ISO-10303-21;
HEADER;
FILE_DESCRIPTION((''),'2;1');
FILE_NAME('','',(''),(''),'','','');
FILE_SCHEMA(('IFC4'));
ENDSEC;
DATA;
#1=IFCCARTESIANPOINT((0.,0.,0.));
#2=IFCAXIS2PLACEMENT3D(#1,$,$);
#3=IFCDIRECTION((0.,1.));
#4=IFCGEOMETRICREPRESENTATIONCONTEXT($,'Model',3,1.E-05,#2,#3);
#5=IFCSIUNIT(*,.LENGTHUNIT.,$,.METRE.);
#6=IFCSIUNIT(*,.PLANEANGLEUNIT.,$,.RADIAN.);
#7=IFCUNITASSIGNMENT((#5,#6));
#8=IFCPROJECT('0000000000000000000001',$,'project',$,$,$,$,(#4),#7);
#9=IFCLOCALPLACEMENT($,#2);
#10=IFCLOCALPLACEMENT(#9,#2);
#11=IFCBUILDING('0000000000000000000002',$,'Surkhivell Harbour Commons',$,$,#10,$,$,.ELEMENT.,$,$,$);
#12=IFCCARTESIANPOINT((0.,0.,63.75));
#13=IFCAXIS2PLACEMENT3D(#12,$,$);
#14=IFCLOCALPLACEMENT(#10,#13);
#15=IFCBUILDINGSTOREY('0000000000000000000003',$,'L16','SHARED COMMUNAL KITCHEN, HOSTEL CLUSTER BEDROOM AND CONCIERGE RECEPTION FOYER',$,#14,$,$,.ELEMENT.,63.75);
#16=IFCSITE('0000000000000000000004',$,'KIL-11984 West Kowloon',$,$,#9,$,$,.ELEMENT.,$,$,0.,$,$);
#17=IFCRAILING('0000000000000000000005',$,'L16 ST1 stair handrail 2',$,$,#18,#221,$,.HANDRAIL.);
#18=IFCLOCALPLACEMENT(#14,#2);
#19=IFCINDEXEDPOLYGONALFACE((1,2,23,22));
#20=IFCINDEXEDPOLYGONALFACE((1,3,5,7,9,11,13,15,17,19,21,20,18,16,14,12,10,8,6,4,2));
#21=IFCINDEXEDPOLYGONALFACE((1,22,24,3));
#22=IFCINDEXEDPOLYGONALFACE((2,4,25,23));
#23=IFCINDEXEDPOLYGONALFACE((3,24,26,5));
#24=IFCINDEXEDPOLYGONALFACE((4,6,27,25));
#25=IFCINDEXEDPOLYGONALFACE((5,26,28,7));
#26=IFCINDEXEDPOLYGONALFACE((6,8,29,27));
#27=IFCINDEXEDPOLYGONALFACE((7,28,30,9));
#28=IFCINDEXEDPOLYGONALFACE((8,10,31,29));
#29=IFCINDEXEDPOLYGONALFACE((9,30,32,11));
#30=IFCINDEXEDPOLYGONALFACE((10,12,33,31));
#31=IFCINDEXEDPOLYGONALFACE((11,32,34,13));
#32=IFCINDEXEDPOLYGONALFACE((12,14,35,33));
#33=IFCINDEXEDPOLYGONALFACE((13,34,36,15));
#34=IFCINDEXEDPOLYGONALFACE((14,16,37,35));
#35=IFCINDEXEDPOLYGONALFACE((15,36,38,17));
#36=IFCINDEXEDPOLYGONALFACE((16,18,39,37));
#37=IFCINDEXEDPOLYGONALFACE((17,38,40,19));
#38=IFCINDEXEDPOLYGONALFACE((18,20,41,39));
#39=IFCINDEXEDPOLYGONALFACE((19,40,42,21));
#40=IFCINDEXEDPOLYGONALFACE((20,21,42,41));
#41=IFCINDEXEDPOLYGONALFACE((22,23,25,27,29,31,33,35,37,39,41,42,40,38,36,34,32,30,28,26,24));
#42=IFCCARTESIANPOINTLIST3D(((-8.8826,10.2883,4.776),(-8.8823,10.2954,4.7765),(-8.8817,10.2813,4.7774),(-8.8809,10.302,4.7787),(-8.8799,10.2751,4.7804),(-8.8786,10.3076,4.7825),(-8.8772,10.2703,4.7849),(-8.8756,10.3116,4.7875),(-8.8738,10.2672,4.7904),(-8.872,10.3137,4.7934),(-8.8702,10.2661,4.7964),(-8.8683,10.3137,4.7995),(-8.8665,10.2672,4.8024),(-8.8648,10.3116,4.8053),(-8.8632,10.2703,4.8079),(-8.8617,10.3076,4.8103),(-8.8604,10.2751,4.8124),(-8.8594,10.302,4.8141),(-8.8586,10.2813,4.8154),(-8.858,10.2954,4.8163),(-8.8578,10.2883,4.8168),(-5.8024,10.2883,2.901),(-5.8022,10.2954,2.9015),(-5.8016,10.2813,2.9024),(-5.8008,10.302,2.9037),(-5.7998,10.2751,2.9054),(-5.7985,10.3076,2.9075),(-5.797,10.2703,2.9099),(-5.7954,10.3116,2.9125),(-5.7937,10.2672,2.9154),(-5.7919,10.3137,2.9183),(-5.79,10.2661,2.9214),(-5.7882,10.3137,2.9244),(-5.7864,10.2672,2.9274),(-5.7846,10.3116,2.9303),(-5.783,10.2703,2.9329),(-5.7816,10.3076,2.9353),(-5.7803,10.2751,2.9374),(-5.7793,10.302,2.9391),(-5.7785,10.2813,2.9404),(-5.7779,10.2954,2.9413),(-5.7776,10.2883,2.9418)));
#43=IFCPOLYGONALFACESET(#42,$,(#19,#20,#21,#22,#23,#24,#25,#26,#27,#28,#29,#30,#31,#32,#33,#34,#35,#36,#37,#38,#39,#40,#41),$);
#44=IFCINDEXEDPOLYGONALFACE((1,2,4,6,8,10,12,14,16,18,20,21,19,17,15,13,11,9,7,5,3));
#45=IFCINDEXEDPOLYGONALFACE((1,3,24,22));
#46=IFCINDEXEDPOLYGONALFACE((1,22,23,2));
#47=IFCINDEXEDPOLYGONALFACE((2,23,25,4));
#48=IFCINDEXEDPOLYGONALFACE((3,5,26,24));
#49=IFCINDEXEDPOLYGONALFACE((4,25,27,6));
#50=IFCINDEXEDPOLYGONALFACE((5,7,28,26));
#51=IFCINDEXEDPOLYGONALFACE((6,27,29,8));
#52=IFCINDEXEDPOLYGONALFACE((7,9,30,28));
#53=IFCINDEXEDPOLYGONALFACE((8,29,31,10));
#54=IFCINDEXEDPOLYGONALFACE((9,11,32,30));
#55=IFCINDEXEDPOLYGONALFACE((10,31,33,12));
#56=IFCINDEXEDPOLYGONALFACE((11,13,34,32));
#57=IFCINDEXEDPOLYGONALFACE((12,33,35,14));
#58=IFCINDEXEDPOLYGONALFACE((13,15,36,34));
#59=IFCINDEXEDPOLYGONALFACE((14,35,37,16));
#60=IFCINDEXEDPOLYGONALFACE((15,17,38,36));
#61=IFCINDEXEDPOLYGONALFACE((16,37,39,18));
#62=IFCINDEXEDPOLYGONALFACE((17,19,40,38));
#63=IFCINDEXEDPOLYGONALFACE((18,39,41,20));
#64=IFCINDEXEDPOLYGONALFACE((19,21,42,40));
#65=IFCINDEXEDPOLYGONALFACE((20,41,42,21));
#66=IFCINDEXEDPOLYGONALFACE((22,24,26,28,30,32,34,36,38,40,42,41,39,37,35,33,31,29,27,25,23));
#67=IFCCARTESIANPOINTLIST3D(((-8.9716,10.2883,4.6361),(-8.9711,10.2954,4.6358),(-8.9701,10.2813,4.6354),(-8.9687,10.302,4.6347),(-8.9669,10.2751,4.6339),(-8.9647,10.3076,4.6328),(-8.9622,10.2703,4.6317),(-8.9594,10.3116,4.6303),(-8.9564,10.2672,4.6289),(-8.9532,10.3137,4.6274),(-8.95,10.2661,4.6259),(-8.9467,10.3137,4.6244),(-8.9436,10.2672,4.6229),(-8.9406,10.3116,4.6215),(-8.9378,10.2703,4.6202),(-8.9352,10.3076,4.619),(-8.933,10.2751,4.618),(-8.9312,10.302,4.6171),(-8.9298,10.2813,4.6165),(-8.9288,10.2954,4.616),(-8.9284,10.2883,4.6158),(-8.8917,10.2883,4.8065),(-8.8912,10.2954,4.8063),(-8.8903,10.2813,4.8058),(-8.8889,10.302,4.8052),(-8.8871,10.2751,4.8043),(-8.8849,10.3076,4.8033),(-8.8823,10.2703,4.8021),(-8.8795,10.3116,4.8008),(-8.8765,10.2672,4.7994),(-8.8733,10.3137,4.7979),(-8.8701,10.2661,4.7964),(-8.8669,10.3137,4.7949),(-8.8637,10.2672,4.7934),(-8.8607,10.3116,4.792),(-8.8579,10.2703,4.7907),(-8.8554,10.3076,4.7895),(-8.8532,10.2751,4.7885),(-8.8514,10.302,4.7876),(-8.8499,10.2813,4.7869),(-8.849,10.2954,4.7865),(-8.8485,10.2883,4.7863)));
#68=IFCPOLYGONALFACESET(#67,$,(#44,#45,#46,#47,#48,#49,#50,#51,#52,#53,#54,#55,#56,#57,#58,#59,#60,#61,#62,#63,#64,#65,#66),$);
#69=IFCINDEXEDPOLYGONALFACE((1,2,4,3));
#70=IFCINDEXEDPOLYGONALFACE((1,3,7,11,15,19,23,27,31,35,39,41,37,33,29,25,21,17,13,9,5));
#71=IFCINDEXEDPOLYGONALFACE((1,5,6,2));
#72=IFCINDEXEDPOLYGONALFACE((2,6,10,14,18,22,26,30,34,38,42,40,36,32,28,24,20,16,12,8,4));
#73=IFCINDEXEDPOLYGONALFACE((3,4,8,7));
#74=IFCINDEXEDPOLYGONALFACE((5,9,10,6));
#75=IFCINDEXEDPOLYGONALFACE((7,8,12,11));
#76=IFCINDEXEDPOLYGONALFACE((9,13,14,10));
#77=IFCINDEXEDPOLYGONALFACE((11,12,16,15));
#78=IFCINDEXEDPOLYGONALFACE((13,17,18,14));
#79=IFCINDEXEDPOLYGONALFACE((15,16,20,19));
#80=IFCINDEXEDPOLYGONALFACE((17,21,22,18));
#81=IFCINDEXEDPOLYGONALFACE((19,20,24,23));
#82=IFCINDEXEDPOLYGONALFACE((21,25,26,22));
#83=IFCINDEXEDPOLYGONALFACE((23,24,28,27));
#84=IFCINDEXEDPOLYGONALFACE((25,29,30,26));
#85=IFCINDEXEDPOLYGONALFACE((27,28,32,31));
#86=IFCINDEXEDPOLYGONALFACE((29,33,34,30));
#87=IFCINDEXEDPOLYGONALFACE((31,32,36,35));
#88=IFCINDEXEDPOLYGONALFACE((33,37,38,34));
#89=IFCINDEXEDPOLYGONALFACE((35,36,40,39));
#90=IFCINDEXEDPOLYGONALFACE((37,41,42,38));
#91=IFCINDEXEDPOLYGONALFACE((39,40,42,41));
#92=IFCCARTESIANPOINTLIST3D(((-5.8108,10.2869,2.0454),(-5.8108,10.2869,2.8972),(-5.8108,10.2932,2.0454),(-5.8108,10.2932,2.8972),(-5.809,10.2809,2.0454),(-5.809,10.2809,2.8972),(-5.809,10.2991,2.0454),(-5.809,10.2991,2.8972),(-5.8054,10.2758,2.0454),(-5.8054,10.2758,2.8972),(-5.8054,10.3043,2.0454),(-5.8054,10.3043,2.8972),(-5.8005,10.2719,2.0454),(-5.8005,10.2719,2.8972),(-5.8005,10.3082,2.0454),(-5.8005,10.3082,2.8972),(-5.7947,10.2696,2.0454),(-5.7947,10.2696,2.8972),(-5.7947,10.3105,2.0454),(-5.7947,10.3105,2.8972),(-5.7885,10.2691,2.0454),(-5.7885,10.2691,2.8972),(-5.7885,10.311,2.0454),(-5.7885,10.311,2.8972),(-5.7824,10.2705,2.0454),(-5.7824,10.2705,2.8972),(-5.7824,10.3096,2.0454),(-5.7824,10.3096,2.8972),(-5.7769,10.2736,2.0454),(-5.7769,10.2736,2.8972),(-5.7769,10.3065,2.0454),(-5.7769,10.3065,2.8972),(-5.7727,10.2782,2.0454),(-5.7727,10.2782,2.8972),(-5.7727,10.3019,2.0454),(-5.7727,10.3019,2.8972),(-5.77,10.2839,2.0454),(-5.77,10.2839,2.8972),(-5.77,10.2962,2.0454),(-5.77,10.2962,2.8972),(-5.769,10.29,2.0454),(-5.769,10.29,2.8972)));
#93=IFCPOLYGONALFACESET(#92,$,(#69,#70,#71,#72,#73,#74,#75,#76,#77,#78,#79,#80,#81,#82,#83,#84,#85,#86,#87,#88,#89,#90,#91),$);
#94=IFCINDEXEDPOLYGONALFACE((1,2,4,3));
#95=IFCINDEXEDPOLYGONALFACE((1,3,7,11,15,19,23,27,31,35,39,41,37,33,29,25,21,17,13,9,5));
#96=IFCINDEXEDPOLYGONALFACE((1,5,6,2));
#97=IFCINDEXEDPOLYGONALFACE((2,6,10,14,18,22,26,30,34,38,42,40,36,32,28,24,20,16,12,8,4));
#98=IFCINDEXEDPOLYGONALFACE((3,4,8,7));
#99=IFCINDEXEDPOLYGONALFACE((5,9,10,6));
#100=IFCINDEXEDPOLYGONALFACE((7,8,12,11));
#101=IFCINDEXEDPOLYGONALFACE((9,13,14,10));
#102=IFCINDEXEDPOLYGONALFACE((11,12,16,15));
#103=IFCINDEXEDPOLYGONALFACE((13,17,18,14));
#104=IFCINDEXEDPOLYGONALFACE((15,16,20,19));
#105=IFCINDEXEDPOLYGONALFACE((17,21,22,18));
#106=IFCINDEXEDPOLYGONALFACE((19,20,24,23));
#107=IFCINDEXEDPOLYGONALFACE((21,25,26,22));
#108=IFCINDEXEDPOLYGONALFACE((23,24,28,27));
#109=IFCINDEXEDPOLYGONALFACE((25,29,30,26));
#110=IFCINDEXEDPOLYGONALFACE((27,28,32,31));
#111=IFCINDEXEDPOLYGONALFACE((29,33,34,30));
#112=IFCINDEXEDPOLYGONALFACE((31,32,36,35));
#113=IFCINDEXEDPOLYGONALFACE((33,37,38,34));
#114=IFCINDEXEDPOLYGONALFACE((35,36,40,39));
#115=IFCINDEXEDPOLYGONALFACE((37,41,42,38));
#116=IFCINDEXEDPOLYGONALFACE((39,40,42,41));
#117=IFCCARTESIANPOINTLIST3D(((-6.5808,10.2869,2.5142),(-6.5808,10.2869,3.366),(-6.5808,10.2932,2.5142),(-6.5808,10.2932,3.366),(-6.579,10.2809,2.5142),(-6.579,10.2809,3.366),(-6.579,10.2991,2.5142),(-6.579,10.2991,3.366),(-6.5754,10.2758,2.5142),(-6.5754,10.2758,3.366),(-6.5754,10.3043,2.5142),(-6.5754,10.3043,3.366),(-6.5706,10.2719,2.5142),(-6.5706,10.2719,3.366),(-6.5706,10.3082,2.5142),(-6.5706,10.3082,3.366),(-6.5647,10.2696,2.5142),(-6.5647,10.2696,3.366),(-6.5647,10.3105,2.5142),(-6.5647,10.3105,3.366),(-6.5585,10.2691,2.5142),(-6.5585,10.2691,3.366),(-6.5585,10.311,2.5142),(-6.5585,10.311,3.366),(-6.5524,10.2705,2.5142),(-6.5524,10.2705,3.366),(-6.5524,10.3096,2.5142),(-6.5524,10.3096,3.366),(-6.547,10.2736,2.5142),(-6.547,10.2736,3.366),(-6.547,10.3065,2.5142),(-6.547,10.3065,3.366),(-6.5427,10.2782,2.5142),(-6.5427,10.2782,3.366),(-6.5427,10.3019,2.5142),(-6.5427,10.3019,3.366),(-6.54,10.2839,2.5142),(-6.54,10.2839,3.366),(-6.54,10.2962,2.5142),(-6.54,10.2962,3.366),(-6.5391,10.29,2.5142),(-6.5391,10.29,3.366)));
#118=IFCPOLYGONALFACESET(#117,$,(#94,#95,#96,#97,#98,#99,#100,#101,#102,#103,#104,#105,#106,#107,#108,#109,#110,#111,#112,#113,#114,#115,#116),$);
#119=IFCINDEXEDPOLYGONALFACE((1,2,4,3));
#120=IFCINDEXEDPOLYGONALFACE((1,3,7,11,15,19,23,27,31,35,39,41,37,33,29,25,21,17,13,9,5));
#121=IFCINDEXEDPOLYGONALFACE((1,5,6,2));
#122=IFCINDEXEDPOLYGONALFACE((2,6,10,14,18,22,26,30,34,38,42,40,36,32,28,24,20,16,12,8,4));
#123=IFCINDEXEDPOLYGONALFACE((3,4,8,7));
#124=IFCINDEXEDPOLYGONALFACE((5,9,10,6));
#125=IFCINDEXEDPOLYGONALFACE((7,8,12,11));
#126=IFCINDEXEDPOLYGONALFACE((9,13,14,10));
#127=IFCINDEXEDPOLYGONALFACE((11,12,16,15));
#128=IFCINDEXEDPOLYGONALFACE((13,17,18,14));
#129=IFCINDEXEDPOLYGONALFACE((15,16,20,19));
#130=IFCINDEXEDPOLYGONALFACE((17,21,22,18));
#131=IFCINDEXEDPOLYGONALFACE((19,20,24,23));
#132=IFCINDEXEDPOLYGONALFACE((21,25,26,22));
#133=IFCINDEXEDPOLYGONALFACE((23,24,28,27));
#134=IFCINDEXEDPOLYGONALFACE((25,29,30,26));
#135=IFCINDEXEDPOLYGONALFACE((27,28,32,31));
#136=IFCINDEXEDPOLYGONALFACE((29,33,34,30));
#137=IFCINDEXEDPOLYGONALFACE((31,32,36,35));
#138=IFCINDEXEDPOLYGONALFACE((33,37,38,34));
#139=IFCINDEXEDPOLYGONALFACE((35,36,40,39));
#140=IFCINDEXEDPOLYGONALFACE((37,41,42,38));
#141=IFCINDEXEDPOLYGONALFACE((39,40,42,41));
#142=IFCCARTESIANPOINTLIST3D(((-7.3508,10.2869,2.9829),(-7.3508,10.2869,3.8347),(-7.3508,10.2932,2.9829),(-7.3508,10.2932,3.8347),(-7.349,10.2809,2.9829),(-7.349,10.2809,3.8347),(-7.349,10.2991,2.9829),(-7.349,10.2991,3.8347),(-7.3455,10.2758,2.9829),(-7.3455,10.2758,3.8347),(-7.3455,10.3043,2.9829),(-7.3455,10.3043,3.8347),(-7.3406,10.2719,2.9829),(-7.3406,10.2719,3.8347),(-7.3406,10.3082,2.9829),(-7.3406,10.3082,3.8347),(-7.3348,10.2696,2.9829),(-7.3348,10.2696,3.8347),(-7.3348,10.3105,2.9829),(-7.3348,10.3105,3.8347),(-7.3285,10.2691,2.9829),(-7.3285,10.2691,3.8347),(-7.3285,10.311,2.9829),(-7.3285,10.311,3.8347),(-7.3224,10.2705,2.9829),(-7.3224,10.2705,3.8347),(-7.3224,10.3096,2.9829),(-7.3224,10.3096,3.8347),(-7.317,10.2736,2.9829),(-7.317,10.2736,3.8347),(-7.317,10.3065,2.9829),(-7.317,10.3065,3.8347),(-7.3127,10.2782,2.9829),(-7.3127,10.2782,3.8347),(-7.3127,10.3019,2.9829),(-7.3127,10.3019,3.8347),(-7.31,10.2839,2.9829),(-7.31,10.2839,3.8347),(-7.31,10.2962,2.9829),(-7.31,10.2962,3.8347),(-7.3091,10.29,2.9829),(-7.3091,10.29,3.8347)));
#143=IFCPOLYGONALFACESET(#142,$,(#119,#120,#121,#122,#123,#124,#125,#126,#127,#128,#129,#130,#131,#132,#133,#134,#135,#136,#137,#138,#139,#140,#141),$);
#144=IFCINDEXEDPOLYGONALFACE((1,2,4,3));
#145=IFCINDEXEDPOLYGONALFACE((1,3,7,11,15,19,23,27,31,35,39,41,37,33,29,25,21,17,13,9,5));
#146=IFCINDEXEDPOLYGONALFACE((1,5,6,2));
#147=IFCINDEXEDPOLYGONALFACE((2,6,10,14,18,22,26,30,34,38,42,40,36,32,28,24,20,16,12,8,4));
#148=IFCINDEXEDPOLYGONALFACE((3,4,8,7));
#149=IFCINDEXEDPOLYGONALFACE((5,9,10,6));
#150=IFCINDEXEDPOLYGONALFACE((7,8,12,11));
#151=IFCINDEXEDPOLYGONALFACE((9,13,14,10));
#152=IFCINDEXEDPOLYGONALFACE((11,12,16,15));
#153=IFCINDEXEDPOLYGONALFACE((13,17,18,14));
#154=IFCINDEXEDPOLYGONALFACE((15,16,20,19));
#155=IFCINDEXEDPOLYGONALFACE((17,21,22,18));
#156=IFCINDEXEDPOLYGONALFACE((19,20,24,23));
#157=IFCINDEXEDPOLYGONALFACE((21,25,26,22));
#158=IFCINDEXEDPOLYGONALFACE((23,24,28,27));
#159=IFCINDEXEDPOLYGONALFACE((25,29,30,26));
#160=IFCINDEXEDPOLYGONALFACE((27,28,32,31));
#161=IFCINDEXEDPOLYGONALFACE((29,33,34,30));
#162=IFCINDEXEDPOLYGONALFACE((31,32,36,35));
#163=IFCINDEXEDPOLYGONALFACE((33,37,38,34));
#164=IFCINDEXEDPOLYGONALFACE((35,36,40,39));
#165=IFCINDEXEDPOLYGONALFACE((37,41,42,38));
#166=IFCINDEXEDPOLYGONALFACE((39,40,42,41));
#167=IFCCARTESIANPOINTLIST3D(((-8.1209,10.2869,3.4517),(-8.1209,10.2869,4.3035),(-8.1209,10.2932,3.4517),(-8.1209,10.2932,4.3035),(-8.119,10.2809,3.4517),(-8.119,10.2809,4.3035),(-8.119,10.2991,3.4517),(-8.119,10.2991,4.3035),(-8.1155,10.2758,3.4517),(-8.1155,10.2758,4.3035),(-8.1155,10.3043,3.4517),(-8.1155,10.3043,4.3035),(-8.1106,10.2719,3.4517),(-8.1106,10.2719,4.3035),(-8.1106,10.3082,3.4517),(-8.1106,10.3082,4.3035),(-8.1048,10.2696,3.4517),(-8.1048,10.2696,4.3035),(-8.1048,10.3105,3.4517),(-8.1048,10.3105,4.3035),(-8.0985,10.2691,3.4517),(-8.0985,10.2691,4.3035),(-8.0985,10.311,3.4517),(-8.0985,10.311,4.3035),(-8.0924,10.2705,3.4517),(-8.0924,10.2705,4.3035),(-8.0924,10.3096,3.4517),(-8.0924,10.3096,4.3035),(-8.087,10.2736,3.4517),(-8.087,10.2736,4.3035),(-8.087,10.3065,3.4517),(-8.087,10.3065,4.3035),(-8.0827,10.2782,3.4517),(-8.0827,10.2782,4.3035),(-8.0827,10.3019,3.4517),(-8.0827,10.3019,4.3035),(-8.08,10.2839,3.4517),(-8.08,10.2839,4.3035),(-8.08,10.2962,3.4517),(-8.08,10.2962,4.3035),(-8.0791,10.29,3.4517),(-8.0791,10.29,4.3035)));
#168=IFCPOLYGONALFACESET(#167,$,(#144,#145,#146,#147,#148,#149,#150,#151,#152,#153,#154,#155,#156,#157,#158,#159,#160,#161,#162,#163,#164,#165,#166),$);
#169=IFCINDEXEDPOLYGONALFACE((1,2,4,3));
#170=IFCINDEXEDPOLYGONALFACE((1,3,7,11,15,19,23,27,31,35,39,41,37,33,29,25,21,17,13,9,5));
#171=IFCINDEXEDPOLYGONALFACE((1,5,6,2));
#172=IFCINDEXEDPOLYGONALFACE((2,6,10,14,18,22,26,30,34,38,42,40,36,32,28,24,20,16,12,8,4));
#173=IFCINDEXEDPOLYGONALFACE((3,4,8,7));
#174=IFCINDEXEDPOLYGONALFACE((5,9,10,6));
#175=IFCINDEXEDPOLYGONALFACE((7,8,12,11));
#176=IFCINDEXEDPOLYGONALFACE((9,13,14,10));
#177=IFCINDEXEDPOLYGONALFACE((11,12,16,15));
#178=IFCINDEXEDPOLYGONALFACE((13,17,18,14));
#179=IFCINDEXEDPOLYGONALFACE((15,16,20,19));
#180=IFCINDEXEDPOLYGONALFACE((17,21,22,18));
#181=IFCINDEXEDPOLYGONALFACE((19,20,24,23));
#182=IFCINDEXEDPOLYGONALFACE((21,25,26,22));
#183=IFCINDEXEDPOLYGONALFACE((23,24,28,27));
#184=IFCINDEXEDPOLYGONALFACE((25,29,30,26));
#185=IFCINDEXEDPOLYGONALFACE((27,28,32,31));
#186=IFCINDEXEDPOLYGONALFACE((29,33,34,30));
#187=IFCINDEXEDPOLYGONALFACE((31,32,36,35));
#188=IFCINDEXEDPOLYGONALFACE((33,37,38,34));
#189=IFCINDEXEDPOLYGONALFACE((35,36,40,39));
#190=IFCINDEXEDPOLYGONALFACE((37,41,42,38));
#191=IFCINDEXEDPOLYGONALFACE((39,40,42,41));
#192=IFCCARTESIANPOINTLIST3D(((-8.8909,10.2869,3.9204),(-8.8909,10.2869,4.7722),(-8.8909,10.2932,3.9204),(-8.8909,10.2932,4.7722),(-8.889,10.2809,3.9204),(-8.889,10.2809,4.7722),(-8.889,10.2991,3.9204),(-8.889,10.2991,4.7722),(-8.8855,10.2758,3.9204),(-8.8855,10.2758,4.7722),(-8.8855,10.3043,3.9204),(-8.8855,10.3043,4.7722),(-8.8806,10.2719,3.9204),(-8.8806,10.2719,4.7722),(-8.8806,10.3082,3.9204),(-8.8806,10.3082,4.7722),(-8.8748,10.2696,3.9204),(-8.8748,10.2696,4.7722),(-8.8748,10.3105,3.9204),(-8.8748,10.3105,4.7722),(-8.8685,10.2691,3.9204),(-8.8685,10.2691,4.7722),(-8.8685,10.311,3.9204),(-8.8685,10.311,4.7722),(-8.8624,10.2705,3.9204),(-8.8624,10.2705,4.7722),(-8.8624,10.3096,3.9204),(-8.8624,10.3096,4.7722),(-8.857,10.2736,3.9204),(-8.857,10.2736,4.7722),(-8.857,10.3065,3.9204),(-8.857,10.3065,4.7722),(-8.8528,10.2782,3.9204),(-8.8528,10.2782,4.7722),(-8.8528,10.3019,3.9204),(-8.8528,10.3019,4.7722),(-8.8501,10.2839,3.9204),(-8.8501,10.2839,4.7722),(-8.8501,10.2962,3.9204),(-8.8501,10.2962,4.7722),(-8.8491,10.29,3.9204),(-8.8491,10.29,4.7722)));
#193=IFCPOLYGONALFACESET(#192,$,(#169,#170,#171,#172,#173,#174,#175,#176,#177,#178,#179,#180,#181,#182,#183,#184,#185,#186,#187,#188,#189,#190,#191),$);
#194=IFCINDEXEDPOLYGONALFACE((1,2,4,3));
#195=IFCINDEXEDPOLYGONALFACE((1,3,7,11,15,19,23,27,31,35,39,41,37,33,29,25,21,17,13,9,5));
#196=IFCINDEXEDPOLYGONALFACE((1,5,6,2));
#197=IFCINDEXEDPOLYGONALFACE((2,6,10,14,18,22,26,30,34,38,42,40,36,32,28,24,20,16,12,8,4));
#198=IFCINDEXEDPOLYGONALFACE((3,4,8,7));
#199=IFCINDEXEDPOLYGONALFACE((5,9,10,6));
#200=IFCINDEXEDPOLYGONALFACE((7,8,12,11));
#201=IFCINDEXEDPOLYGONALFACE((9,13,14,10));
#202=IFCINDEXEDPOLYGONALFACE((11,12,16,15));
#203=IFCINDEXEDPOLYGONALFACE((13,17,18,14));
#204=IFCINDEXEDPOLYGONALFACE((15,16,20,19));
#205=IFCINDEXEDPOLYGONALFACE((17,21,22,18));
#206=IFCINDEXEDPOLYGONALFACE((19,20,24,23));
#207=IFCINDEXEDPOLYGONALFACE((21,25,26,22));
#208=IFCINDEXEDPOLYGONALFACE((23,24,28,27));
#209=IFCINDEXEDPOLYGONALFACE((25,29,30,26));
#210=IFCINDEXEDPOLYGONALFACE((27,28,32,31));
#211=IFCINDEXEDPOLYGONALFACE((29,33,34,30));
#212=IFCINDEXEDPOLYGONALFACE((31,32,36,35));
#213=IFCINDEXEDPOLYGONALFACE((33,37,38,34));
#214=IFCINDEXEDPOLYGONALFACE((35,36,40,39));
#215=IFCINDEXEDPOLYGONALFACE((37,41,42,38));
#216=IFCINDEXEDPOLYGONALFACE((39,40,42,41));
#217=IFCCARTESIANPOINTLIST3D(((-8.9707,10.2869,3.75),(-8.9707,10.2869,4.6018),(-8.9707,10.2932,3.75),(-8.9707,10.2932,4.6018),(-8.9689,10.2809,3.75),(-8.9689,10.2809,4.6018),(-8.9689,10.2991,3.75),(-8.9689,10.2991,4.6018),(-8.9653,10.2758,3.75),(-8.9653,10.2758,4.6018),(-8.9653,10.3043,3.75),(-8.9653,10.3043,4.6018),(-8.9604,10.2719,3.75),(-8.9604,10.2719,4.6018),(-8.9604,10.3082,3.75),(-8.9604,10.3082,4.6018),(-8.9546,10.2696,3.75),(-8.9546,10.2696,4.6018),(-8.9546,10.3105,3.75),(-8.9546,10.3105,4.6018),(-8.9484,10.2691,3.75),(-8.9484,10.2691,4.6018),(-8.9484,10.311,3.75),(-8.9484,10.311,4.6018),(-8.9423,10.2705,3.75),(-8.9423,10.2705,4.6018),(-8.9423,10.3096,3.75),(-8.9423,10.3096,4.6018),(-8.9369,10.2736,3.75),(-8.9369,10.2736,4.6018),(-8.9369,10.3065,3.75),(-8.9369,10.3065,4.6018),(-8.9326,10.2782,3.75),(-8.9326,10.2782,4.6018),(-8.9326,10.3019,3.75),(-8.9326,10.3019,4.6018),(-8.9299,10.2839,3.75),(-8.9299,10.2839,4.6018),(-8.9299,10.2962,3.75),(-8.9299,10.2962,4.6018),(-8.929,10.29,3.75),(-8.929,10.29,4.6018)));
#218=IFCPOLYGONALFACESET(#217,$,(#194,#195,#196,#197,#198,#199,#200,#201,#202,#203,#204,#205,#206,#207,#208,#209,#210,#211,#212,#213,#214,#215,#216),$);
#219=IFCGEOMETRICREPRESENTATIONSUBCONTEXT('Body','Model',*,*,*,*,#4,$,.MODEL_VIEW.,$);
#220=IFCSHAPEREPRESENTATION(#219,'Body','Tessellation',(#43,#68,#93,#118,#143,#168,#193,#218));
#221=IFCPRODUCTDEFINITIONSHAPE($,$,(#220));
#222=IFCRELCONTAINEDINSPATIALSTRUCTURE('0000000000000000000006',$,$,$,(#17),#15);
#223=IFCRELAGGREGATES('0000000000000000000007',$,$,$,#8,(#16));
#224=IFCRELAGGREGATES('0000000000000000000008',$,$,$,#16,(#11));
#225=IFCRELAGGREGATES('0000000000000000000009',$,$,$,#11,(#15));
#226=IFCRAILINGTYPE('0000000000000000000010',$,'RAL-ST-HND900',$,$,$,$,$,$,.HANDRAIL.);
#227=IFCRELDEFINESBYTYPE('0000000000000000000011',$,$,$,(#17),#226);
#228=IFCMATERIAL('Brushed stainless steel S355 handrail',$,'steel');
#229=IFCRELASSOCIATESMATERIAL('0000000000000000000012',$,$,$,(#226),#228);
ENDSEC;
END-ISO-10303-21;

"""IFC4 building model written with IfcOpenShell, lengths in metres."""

from ifc_helpers import new_model, si_unit, direction, frame, origin, origin_2d, place, context, subcontext, project, spatial, circle, extrude, material, type_object, element, save


model = new_model("IFC4")

# Units and contexts
model_context = context("Model", 3, precision=1e-05, world=origin(), true_north=direction((0.0, 1.0)))
body_context = subcontext(model_context, "Body", "Model", "MODEL_VIEW")
ifc_project = project(units=[si_unit("LENGTHUNIT", "METRE"), si_unit("PLANEANGLEUNIT", "RADIAN")], contexts=[model_context])

# Site, building, storey
site_placement = place(None, origin())
site = spatial("IfcSite", under=ifc_project, at=site_placement, Name="KIL-11984 West Kowloon", CompositionType="ELEMENT", RefElevation=0.0)
building_placement = place(site_placement, origin())
building = spatial("IfcBuilding", under=site, at=building_placement, Name="Surkhivell Harbour Commons", CompositionType="ELEMENT")
storey_placement = place(building_placement, frame((0.0, 0.0, 63.75)))
storey = spatial("IfcBuildingStorey", under=building, at=storey_placement, Name="L16", Description="SHARED COMMUNAL KITCHEN, HOSTEL CLUSTER BEDROOM AND CONCIERGE RECEPTION FOYER", CompositionType="ELEMENT", Elevation=63.75)

# Railing
ifc_material_1 = material(Name="Brushed stainless steel S355 handrail", Category="steel")
railing_type_1 = type_object("IfcRailingType", Name="RAL-ST-HND900", PredefinedType="HANDRAIL", material=ifc_material_1)
railing_1_placement = place(storey_placement, frame((-5.79, 10.29, 2.0454)))
element("IfcRailing", 1, at=railing_1_placement, inside=storey, type_object=railing_type_1, Name="L16 ST1 stair handrail 2", PredefinedType="HANDRAIL", context=body_context, shape_type="SweptSolid", body=[
    extrude(circle(Radius=0.0239, at=origin_2d()), frame((0.0, 0.0, 0.876), z_axis=(-0.854178, 0.0, 0.519981), x_axis=(0.0, -1.0, 0.0)), (0.0, 0.0, 1.0), 3.606),
    extrude(circle(Radius=0.0239, at=origin_2d()), frame((-3.0801, 0.0, 2.751), z_axis=(-0.424234, 0.0, -0.905552), x_axis=(0.0, -1.0, 0.0)), (0.0, 0.0, 1.0), 0.1882),
    extrude(circle(Radius=0.021, at=origin_2d()), origin(), (0.0, 0.0, 1.0), 0.8518),
    extrude(circle(Radius=0.021, at=origin_2d()), frame((-0.77, 0.0, 0.4688)), (0.0, 0.0, 1.0), 0.8518),
    extrude(circle(Radius=0.021, at=origin_2d()), frame((-1.54, 0.0, 0.9375)), (0.0, 0.0, 1.0), 0.8518),
    extrude(circle(Radius=0.021, at=origin_2d()), frame((-2.3101, 0.0, 1.4062)), (0.0, 0.0, 1.0), 0.8518),
    extrude(circle(Radius=0.021, at=origin_2d()), frame((-3.0801, 0.0, 1.875)), (0.0, 0.0, 1.0), 0.8518),
    extrude(circle(Radius=0.021, at=origin_2d()), frame((-3.1599, 0.0, 1.7046)), (0.0, 0.0, 1.0), 0.8518),
])

save(model, "model.ifc")
